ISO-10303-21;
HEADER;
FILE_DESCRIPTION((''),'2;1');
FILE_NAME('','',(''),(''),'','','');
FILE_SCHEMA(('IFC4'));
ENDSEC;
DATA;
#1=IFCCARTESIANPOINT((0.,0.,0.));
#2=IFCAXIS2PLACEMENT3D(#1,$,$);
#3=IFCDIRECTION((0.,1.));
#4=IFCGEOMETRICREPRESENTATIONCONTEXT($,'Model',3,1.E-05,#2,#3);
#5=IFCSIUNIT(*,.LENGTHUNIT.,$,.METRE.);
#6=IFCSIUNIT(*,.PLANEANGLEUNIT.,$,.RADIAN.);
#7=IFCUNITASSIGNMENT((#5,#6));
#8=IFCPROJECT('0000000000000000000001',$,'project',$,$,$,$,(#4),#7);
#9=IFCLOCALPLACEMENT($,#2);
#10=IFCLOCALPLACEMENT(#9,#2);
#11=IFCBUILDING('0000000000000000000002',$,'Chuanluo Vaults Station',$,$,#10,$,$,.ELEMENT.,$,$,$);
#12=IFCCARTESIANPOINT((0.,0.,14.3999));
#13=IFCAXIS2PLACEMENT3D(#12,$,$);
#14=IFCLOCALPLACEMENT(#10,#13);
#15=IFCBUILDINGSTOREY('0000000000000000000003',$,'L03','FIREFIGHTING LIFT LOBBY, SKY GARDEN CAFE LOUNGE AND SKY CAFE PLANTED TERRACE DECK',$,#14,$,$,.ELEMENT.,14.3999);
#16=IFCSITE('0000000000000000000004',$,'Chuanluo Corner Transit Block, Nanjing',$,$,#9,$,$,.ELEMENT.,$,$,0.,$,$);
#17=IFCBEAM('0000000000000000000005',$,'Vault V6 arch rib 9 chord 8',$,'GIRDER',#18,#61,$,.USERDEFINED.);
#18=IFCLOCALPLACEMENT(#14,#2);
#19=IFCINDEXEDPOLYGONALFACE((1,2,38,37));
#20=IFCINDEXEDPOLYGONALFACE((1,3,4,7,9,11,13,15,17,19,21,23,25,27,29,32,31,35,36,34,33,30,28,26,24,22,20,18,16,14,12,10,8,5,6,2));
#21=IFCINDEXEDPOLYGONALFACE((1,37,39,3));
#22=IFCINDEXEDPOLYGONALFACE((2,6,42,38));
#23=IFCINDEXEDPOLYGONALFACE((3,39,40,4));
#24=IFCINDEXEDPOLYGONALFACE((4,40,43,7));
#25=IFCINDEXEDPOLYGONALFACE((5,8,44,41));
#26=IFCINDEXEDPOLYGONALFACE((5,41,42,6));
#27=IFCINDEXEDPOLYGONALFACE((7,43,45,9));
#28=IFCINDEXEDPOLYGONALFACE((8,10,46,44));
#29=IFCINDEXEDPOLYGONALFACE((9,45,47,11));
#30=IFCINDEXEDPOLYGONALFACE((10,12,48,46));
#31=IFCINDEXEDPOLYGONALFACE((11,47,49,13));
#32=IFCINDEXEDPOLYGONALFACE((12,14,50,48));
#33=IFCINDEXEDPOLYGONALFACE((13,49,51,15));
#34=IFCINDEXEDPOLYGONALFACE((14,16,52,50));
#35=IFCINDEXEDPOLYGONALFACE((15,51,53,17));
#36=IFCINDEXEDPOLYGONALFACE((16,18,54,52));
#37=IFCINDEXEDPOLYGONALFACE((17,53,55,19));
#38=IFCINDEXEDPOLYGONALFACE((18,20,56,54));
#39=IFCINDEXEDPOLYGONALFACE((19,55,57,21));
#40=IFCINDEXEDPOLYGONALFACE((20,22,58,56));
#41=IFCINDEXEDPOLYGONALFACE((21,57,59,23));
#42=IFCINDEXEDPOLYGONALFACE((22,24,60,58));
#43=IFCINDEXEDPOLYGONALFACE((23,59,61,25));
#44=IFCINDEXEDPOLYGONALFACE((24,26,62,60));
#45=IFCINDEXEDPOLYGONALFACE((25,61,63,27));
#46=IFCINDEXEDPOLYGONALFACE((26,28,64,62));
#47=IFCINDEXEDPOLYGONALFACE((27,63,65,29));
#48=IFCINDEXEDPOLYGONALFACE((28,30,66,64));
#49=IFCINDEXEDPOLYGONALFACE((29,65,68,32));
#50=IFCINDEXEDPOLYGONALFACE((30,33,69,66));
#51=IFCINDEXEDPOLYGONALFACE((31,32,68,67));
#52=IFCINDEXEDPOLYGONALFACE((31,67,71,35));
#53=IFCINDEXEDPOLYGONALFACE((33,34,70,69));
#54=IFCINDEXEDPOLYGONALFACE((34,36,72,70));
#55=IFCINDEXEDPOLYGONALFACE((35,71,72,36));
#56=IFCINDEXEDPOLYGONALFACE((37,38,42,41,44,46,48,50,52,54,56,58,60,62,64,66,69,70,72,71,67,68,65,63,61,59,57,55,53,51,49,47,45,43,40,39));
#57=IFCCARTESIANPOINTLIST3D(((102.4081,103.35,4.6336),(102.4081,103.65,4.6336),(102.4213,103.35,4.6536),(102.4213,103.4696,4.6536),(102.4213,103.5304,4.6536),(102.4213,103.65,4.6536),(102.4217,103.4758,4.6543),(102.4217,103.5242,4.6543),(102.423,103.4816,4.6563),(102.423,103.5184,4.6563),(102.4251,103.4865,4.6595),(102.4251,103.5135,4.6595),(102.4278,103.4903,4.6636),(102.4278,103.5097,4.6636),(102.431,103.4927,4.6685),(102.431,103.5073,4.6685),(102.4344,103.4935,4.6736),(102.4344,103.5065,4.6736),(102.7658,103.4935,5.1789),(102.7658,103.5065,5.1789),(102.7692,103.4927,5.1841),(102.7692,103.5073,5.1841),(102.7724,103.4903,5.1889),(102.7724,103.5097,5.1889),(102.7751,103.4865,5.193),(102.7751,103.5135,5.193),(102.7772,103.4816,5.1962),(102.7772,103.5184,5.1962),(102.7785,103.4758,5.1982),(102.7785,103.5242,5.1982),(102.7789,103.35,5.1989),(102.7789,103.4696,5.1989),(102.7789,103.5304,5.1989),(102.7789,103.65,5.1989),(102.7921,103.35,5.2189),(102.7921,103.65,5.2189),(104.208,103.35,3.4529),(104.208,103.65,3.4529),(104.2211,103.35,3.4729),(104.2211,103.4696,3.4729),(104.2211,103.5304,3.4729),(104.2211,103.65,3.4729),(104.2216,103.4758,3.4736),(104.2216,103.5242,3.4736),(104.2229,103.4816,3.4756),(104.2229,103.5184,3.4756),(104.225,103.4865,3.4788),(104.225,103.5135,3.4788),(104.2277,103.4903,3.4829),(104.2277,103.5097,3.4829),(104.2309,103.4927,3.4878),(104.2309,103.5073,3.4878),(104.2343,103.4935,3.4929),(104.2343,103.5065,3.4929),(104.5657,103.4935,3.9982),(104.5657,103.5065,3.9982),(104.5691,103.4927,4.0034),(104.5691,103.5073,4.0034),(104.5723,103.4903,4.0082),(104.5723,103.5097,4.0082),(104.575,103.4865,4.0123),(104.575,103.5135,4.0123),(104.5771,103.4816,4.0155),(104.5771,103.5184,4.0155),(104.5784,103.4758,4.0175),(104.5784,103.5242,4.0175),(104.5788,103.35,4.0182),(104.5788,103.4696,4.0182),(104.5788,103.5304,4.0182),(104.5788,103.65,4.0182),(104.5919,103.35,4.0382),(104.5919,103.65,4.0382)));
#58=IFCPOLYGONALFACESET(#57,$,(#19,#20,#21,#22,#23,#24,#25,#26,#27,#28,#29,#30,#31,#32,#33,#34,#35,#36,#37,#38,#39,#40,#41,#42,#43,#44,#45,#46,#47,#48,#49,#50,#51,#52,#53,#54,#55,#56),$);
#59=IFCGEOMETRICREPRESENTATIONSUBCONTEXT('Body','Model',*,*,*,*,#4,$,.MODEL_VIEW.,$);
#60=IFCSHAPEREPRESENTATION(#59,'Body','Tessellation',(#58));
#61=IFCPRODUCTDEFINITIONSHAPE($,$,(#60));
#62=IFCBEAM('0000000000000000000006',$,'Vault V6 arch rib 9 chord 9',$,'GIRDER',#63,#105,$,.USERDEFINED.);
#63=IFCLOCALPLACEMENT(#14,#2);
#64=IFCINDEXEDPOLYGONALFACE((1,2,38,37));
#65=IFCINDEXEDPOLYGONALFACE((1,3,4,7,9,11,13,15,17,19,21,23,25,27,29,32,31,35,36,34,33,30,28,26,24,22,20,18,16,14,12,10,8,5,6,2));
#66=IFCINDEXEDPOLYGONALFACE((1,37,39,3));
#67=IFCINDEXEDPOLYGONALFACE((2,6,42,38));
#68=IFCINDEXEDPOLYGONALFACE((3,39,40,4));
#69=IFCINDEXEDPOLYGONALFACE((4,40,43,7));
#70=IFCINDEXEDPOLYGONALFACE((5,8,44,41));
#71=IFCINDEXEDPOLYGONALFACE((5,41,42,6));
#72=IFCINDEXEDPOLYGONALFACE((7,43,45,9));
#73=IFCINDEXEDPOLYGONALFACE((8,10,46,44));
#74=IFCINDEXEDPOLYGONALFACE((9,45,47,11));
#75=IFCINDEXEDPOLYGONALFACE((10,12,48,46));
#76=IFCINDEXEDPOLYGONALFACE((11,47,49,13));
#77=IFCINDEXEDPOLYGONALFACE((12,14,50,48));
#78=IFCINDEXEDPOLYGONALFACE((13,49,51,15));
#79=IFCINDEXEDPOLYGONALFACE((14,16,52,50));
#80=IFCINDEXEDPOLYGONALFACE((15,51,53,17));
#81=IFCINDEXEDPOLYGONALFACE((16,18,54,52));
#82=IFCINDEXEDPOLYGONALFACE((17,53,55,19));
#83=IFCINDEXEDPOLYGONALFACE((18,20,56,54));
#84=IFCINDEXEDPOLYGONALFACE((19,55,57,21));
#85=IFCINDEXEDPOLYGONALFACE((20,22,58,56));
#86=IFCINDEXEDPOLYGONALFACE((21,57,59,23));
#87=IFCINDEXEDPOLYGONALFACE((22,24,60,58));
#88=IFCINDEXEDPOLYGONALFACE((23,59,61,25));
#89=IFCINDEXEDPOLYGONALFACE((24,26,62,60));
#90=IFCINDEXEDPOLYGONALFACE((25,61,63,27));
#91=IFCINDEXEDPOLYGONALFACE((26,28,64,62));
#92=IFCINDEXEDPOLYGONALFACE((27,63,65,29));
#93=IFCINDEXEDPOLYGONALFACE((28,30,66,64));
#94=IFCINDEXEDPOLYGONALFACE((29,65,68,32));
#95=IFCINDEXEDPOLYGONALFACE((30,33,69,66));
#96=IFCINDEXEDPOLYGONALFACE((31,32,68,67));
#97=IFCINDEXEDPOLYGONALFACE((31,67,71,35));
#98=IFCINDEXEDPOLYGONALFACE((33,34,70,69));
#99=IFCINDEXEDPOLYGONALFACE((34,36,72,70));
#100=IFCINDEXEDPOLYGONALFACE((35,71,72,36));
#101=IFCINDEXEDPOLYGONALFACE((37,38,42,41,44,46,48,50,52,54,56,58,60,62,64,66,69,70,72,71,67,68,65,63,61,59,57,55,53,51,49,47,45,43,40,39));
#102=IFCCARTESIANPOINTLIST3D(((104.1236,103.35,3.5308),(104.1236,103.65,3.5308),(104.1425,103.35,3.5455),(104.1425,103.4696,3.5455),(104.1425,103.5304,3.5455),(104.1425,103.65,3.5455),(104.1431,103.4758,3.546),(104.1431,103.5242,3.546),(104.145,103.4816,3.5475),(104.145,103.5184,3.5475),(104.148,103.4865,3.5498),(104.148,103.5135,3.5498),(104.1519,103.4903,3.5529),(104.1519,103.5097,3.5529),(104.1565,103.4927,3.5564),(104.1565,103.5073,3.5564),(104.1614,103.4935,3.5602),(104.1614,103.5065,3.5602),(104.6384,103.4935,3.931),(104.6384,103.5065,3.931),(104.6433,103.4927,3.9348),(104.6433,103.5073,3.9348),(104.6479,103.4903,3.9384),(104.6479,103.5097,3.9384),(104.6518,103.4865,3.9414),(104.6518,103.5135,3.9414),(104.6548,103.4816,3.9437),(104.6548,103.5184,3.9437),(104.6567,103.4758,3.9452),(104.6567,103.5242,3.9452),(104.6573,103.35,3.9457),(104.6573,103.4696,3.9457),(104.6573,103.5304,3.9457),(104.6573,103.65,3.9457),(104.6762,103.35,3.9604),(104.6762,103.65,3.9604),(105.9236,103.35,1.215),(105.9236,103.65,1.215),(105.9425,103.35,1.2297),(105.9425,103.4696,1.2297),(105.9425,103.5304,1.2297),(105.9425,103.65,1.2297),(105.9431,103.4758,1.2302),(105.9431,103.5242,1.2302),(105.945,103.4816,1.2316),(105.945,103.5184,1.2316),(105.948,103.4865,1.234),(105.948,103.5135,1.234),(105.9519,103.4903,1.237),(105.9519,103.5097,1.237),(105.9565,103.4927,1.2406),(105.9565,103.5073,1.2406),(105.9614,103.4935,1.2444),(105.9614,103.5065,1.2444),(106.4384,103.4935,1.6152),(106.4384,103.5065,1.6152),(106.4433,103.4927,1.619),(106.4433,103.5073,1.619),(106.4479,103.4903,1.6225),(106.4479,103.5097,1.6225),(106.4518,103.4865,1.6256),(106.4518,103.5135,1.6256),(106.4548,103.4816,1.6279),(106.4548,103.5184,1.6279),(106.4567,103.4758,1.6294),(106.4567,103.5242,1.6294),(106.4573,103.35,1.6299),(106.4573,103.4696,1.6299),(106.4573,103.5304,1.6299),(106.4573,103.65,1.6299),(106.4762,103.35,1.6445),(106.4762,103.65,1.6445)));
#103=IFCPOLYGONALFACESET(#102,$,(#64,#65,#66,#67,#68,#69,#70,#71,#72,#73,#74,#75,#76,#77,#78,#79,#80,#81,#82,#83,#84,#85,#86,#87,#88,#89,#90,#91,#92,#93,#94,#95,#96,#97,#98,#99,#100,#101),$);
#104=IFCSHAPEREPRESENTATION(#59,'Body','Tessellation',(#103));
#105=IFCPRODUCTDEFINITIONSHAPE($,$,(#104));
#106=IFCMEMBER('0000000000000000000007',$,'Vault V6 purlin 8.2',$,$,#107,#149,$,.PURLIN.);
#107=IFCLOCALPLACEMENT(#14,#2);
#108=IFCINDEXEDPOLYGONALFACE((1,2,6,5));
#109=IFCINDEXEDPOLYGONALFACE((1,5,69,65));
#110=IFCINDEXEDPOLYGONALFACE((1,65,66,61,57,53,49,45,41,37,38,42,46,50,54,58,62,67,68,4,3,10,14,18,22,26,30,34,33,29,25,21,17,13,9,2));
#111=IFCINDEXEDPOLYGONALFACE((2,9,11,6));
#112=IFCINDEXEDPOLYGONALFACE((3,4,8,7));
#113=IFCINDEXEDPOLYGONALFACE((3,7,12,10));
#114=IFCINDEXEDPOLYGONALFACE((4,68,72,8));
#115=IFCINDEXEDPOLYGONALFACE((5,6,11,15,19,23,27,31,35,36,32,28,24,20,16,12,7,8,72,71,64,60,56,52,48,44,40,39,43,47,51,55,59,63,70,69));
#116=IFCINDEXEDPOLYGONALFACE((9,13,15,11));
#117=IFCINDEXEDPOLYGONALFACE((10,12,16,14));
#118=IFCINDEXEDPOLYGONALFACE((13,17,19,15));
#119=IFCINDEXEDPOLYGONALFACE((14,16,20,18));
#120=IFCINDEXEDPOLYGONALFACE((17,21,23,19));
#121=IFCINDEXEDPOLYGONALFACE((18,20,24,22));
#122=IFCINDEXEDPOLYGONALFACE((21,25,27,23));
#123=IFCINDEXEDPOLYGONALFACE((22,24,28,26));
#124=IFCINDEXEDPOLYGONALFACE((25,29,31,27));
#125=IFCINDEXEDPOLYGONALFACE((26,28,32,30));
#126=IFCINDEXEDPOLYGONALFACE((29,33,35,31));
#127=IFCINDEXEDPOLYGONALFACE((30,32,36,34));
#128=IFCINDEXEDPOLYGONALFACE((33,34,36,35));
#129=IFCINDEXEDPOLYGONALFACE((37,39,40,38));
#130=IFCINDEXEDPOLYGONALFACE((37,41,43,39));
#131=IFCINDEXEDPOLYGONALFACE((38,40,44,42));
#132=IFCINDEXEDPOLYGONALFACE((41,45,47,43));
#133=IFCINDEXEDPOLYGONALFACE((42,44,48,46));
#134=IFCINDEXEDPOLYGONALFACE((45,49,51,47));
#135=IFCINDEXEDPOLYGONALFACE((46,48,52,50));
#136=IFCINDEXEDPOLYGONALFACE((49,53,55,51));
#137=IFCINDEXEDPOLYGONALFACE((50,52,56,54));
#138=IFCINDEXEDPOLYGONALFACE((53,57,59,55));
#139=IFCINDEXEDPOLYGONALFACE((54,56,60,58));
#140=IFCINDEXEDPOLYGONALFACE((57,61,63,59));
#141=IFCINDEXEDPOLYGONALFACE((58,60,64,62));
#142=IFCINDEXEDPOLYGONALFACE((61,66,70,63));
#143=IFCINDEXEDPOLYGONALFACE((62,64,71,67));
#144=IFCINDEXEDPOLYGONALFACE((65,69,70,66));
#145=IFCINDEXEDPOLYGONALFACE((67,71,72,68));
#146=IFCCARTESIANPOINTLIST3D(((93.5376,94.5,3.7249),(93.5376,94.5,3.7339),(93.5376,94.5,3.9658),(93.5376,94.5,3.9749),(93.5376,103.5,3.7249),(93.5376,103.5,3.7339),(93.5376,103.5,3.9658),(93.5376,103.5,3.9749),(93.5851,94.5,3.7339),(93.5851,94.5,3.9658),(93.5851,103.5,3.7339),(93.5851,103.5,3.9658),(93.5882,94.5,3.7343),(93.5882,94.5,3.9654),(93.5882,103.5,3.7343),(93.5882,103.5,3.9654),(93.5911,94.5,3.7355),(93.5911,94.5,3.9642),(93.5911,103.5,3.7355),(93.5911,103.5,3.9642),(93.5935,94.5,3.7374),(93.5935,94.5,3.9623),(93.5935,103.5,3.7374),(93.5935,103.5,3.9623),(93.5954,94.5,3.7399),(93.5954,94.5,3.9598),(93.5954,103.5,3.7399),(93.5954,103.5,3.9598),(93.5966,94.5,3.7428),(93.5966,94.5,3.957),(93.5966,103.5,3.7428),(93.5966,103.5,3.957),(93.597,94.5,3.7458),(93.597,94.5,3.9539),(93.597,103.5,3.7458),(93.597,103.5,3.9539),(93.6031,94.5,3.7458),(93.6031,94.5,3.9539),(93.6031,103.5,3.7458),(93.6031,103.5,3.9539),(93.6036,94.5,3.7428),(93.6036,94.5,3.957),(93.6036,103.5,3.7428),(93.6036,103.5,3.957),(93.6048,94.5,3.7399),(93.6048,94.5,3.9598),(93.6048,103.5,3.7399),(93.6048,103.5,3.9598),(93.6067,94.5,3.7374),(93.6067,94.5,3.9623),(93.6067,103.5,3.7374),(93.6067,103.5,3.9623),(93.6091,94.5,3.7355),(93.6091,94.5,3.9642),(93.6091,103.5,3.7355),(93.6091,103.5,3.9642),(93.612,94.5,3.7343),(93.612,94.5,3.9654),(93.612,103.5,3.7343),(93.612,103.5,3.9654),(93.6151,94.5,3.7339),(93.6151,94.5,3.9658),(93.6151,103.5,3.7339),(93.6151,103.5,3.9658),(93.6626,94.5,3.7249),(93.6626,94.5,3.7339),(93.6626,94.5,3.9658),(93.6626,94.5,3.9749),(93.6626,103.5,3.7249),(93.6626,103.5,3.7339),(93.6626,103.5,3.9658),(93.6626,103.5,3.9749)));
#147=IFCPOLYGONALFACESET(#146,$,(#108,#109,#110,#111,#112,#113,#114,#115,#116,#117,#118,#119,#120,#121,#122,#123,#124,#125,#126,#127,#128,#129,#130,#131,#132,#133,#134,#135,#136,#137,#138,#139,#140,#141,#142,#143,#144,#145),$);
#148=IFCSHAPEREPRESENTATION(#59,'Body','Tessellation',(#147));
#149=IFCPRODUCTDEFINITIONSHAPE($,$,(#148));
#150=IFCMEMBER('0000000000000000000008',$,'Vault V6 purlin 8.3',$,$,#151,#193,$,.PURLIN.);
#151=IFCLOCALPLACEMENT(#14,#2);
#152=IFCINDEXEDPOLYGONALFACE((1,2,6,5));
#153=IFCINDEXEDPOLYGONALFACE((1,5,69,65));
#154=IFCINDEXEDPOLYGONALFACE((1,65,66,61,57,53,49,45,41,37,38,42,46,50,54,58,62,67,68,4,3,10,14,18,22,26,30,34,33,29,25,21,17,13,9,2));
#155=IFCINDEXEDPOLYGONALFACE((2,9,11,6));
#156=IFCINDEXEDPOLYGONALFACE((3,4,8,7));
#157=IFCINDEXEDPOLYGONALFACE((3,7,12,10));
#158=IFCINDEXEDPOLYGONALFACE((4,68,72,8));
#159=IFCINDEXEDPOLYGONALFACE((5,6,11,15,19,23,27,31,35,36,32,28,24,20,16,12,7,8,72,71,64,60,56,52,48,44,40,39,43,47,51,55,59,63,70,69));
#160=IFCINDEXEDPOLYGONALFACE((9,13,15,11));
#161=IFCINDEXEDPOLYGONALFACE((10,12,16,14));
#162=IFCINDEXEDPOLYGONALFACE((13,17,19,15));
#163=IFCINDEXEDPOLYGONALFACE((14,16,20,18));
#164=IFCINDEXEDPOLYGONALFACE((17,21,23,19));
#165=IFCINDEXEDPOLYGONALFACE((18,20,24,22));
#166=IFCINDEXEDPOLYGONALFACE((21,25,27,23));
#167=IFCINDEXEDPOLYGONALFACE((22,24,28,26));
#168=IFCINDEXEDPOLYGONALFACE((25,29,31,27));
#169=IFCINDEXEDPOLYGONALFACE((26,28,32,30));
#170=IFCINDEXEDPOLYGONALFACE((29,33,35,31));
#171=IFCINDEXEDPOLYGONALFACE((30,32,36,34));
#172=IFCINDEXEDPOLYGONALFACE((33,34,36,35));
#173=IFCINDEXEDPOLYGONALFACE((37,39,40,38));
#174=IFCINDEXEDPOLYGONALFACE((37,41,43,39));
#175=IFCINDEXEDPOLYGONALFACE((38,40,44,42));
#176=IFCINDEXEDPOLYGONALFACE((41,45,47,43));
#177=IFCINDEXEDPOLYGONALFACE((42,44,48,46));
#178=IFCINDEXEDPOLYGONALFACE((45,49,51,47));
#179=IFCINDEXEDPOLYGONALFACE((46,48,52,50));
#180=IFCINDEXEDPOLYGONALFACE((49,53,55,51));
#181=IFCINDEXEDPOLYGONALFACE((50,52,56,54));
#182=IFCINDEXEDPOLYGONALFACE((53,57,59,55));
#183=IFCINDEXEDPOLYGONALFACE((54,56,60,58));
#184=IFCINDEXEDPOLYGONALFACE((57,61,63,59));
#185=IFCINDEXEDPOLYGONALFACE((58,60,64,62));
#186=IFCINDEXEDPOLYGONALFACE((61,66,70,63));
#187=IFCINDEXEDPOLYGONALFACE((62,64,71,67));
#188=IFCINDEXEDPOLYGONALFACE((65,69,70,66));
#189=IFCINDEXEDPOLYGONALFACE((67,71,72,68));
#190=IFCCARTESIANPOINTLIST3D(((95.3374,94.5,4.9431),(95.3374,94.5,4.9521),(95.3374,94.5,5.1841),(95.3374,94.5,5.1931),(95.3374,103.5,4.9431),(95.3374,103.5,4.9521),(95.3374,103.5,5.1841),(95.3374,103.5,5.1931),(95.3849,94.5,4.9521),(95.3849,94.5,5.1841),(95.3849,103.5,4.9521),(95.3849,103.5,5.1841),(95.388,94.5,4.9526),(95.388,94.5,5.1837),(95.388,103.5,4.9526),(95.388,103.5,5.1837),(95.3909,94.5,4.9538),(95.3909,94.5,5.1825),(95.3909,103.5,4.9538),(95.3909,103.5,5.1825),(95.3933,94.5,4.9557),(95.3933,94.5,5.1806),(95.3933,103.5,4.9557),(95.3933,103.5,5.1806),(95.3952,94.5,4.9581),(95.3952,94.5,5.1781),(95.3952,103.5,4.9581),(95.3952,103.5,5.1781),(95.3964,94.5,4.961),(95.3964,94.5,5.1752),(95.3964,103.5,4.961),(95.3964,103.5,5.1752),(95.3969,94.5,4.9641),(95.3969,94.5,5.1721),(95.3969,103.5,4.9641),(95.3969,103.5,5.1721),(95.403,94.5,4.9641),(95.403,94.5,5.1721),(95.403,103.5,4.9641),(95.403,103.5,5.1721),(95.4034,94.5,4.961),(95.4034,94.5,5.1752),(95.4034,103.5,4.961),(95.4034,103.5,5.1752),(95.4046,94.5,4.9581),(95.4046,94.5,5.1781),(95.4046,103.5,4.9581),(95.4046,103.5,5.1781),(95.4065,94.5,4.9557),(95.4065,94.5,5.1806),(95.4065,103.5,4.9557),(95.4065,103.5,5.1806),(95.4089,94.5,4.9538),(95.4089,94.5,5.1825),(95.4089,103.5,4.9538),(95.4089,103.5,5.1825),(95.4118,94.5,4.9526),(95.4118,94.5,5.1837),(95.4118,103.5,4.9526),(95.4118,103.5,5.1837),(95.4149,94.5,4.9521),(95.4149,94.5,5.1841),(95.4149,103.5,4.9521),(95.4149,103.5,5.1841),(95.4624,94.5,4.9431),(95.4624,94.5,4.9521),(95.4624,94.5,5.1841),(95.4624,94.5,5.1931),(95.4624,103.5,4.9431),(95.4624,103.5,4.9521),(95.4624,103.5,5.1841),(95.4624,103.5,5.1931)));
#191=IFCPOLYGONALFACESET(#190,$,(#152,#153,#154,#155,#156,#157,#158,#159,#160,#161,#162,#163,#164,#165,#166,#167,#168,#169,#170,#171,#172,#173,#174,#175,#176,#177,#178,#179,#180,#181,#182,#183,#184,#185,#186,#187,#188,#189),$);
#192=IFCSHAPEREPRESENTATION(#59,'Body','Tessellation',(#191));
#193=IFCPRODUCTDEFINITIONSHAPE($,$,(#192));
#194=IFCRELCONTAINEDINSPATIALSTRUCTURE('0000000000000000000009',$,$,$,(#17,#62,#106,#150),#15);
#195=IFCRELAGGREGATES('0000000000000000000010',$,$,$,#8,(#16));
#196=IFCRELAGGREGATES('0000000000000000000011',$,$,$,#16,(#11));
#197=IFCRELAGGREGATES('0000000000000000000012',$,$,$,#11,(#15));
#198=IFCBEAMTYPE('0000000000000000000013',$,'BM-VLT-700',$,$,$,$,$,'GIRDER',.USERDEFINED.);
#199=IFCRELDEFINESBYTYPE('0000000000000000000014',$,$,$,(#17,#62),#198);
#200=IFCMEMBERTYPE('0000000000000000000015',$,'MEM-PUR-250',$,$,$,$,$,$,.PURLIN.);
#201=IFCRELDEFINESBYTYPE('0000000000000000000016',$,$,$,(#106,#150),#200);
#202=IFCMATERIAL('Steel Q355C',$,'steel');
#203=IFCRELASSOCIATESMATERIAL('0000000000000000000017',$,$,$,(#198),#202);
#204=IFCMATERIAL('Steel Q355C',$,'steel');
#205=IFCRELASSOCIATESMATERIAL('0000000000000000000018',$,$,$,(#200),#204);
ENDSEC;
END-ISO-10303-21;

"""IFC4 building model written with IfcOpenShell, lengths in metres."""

from ifc_helpers import new_model, si_unit, direction, frame, origin, origin_2d, place, context, subcontext, project, spatial, i_section, extrude, material, material_profile, profile_set, type_object, element, save


model = new_model("IFC4")

# Units and contexts
model_context = context("Model", 3, precision=1e-05, world=origin(), true_north=direction((0.0, 1.0)))
body_context = subcontext(model_context, "Body", "Model", "MODEL_VIEW")
ifc_project = project(units=[si_unit("LENGTHUNIT", "METRE"), si_unit("PLANEANGLEUNIT", "RADIAN")], contexts=[model_context])

# Site, building, storey
site_placement = place(None, origin())
site = spatial("IfcSite", under=ifc_project, at=site_placement, Name="Chuanluo Corner Transit Block, Nanjing", CompositionType="ELEMENT", RefElevation=0.0)
building_placement = place(site_placement, origin())
building = spatial("IfcBuilding", under=site, at=building_placement, Name="Chuanluo Vaults Station", CompositionType="ELEMENT")
storey_placement = place(building_placement, frame((0.0, 0.0, 14.3999)))
storey = spatial("IfcBuildingStorey", under=building, at=storey_placement, Name="L03", Description="FIREFIGHTING LIFT LOBBY, SKY GARDEN CAFE LOUNGE AND SKY CAFE PLANTED TERRACE DECK", CompositionType="ELEMENT", Elevation=14.3999)

# Beams
ifc_material_1 = material(Name="Steel Q355C", Category="steel")
ifc_material_profile_1 = material_profile(ifc_material_1, i_section(OverallWidth=0.3, OverallDepth=0.7, WebThickness=0.0129, FlangeThickness=0.0239, FilletRadius=0.0239, at=origin_2d()))
ifc_profile_set_1 = profile_set([ifc_material_profile_1], Name="Steel Q355C")
beam_type = type_object("IfcBeamType", Name="BM-VLT-700", ElementType="GIRDER", PredefinedType="USERDEFINED", material=ifc_profile_set_1)
beam_1_placement = place(storey_placement, frame((102.6001, 103.5, 4.9263), z_axis=(0.836145, 0.0, -0.548508), x_axis=(0.0, 1.0, 0.0)))
element("IfcBeam", 1, at=beam_1_placement, inside=storey, type_object=beam_type, Name="Vault V6 arch rib 9 chord 8", ObjectType="GIRDER", PredefinedType="USERDEFINED", context=body_context, shape_type="SweptSolid", body=[
    extrude(i_section(OverallWidth=0.3, OverallDepth=0.7, WebThickness=0.0129, FlangeThickness=0.0239, FilletRadius=0.0239, at=origin_2d()), origin(), (0.0, 0.0, 1.0), 2.1526),
])
beam_2_placement = place(storey_placement, frame((104.3999, 103.5, 3.7456), z_axis=(0.613681, 0.0, -0.789554), x_axis=(0.0, 1.0, 0.0)))
element("IfcBeam", 2, at=beam_2_placement, inside=storey, type_object=beam_type, Name="Vault V6 arch rib 9 chord 9", ObjectType="GIRDER", PredefinedType="USERDEFINED", context=body_context, shape_type="SweptSolid", body=[
    extrude(i_section(OverallWidth=0.3, OverallDepth=0.7, WebThickness=0.0129, FlangeThickness=0.0239, FilletRadius=0.0239, at=origin_2d()), origin(), (0.0, 0.0, 1.0), 2.9331),
])

# Members
ifc_material_2 = material(Name="Steel Q355C", Category="steel")
ifc_material_profile_2 = material_profile(ifc_material_2, i_section(OverallWidth=0.125, OverallDepth=0.25, WebThickness=0.0061, FlangeThickness=0.009, FilletRadius=0.012, at=origin_2d()))
ifc_profile_set_2 = profile_set([ifc_material_profile_2], Name="Steel Q355C")
member_type_1 = type_object("IfcMemberType", Name="MEM-PUR-250", PredefinedType="PURLIN", material=ifc_profile_set_2)
for number, where, z_axis, x_axis, name in (
    (3, (93.6001, 94.5, 3.8499), (0.0, 1.0, 0.0), (-1.0, 0.0, 0.0), "Vault V6 purlin 8.2"),
    (4, (95.3999, 94.5, 5.0681), (0.0, 1.0, 0.0), (-1.0, 0.0, 0.0), "Vault V6 purlin 8.3"),
):
    element("IfcMember", number, at=place(storey_placement, frame(where, z_axis=z_axis, x_axis=x_axis)), inside=storey, type_object=member_type_1, Name=name, PredefinedType="PURLIN", context=body_context, shape_type="SweptSolid", body=[
        extrude(i_section(OverallWidth=0.125, OverallDepth=0.25, WebThickness=0.0061, FlangeThickness=0.009, FilletRadius=0.012, at=origin_2d()), origin(), (0.0, 0.0, 1.0), 9.0),
    ])

save(model, "model.ifc")
